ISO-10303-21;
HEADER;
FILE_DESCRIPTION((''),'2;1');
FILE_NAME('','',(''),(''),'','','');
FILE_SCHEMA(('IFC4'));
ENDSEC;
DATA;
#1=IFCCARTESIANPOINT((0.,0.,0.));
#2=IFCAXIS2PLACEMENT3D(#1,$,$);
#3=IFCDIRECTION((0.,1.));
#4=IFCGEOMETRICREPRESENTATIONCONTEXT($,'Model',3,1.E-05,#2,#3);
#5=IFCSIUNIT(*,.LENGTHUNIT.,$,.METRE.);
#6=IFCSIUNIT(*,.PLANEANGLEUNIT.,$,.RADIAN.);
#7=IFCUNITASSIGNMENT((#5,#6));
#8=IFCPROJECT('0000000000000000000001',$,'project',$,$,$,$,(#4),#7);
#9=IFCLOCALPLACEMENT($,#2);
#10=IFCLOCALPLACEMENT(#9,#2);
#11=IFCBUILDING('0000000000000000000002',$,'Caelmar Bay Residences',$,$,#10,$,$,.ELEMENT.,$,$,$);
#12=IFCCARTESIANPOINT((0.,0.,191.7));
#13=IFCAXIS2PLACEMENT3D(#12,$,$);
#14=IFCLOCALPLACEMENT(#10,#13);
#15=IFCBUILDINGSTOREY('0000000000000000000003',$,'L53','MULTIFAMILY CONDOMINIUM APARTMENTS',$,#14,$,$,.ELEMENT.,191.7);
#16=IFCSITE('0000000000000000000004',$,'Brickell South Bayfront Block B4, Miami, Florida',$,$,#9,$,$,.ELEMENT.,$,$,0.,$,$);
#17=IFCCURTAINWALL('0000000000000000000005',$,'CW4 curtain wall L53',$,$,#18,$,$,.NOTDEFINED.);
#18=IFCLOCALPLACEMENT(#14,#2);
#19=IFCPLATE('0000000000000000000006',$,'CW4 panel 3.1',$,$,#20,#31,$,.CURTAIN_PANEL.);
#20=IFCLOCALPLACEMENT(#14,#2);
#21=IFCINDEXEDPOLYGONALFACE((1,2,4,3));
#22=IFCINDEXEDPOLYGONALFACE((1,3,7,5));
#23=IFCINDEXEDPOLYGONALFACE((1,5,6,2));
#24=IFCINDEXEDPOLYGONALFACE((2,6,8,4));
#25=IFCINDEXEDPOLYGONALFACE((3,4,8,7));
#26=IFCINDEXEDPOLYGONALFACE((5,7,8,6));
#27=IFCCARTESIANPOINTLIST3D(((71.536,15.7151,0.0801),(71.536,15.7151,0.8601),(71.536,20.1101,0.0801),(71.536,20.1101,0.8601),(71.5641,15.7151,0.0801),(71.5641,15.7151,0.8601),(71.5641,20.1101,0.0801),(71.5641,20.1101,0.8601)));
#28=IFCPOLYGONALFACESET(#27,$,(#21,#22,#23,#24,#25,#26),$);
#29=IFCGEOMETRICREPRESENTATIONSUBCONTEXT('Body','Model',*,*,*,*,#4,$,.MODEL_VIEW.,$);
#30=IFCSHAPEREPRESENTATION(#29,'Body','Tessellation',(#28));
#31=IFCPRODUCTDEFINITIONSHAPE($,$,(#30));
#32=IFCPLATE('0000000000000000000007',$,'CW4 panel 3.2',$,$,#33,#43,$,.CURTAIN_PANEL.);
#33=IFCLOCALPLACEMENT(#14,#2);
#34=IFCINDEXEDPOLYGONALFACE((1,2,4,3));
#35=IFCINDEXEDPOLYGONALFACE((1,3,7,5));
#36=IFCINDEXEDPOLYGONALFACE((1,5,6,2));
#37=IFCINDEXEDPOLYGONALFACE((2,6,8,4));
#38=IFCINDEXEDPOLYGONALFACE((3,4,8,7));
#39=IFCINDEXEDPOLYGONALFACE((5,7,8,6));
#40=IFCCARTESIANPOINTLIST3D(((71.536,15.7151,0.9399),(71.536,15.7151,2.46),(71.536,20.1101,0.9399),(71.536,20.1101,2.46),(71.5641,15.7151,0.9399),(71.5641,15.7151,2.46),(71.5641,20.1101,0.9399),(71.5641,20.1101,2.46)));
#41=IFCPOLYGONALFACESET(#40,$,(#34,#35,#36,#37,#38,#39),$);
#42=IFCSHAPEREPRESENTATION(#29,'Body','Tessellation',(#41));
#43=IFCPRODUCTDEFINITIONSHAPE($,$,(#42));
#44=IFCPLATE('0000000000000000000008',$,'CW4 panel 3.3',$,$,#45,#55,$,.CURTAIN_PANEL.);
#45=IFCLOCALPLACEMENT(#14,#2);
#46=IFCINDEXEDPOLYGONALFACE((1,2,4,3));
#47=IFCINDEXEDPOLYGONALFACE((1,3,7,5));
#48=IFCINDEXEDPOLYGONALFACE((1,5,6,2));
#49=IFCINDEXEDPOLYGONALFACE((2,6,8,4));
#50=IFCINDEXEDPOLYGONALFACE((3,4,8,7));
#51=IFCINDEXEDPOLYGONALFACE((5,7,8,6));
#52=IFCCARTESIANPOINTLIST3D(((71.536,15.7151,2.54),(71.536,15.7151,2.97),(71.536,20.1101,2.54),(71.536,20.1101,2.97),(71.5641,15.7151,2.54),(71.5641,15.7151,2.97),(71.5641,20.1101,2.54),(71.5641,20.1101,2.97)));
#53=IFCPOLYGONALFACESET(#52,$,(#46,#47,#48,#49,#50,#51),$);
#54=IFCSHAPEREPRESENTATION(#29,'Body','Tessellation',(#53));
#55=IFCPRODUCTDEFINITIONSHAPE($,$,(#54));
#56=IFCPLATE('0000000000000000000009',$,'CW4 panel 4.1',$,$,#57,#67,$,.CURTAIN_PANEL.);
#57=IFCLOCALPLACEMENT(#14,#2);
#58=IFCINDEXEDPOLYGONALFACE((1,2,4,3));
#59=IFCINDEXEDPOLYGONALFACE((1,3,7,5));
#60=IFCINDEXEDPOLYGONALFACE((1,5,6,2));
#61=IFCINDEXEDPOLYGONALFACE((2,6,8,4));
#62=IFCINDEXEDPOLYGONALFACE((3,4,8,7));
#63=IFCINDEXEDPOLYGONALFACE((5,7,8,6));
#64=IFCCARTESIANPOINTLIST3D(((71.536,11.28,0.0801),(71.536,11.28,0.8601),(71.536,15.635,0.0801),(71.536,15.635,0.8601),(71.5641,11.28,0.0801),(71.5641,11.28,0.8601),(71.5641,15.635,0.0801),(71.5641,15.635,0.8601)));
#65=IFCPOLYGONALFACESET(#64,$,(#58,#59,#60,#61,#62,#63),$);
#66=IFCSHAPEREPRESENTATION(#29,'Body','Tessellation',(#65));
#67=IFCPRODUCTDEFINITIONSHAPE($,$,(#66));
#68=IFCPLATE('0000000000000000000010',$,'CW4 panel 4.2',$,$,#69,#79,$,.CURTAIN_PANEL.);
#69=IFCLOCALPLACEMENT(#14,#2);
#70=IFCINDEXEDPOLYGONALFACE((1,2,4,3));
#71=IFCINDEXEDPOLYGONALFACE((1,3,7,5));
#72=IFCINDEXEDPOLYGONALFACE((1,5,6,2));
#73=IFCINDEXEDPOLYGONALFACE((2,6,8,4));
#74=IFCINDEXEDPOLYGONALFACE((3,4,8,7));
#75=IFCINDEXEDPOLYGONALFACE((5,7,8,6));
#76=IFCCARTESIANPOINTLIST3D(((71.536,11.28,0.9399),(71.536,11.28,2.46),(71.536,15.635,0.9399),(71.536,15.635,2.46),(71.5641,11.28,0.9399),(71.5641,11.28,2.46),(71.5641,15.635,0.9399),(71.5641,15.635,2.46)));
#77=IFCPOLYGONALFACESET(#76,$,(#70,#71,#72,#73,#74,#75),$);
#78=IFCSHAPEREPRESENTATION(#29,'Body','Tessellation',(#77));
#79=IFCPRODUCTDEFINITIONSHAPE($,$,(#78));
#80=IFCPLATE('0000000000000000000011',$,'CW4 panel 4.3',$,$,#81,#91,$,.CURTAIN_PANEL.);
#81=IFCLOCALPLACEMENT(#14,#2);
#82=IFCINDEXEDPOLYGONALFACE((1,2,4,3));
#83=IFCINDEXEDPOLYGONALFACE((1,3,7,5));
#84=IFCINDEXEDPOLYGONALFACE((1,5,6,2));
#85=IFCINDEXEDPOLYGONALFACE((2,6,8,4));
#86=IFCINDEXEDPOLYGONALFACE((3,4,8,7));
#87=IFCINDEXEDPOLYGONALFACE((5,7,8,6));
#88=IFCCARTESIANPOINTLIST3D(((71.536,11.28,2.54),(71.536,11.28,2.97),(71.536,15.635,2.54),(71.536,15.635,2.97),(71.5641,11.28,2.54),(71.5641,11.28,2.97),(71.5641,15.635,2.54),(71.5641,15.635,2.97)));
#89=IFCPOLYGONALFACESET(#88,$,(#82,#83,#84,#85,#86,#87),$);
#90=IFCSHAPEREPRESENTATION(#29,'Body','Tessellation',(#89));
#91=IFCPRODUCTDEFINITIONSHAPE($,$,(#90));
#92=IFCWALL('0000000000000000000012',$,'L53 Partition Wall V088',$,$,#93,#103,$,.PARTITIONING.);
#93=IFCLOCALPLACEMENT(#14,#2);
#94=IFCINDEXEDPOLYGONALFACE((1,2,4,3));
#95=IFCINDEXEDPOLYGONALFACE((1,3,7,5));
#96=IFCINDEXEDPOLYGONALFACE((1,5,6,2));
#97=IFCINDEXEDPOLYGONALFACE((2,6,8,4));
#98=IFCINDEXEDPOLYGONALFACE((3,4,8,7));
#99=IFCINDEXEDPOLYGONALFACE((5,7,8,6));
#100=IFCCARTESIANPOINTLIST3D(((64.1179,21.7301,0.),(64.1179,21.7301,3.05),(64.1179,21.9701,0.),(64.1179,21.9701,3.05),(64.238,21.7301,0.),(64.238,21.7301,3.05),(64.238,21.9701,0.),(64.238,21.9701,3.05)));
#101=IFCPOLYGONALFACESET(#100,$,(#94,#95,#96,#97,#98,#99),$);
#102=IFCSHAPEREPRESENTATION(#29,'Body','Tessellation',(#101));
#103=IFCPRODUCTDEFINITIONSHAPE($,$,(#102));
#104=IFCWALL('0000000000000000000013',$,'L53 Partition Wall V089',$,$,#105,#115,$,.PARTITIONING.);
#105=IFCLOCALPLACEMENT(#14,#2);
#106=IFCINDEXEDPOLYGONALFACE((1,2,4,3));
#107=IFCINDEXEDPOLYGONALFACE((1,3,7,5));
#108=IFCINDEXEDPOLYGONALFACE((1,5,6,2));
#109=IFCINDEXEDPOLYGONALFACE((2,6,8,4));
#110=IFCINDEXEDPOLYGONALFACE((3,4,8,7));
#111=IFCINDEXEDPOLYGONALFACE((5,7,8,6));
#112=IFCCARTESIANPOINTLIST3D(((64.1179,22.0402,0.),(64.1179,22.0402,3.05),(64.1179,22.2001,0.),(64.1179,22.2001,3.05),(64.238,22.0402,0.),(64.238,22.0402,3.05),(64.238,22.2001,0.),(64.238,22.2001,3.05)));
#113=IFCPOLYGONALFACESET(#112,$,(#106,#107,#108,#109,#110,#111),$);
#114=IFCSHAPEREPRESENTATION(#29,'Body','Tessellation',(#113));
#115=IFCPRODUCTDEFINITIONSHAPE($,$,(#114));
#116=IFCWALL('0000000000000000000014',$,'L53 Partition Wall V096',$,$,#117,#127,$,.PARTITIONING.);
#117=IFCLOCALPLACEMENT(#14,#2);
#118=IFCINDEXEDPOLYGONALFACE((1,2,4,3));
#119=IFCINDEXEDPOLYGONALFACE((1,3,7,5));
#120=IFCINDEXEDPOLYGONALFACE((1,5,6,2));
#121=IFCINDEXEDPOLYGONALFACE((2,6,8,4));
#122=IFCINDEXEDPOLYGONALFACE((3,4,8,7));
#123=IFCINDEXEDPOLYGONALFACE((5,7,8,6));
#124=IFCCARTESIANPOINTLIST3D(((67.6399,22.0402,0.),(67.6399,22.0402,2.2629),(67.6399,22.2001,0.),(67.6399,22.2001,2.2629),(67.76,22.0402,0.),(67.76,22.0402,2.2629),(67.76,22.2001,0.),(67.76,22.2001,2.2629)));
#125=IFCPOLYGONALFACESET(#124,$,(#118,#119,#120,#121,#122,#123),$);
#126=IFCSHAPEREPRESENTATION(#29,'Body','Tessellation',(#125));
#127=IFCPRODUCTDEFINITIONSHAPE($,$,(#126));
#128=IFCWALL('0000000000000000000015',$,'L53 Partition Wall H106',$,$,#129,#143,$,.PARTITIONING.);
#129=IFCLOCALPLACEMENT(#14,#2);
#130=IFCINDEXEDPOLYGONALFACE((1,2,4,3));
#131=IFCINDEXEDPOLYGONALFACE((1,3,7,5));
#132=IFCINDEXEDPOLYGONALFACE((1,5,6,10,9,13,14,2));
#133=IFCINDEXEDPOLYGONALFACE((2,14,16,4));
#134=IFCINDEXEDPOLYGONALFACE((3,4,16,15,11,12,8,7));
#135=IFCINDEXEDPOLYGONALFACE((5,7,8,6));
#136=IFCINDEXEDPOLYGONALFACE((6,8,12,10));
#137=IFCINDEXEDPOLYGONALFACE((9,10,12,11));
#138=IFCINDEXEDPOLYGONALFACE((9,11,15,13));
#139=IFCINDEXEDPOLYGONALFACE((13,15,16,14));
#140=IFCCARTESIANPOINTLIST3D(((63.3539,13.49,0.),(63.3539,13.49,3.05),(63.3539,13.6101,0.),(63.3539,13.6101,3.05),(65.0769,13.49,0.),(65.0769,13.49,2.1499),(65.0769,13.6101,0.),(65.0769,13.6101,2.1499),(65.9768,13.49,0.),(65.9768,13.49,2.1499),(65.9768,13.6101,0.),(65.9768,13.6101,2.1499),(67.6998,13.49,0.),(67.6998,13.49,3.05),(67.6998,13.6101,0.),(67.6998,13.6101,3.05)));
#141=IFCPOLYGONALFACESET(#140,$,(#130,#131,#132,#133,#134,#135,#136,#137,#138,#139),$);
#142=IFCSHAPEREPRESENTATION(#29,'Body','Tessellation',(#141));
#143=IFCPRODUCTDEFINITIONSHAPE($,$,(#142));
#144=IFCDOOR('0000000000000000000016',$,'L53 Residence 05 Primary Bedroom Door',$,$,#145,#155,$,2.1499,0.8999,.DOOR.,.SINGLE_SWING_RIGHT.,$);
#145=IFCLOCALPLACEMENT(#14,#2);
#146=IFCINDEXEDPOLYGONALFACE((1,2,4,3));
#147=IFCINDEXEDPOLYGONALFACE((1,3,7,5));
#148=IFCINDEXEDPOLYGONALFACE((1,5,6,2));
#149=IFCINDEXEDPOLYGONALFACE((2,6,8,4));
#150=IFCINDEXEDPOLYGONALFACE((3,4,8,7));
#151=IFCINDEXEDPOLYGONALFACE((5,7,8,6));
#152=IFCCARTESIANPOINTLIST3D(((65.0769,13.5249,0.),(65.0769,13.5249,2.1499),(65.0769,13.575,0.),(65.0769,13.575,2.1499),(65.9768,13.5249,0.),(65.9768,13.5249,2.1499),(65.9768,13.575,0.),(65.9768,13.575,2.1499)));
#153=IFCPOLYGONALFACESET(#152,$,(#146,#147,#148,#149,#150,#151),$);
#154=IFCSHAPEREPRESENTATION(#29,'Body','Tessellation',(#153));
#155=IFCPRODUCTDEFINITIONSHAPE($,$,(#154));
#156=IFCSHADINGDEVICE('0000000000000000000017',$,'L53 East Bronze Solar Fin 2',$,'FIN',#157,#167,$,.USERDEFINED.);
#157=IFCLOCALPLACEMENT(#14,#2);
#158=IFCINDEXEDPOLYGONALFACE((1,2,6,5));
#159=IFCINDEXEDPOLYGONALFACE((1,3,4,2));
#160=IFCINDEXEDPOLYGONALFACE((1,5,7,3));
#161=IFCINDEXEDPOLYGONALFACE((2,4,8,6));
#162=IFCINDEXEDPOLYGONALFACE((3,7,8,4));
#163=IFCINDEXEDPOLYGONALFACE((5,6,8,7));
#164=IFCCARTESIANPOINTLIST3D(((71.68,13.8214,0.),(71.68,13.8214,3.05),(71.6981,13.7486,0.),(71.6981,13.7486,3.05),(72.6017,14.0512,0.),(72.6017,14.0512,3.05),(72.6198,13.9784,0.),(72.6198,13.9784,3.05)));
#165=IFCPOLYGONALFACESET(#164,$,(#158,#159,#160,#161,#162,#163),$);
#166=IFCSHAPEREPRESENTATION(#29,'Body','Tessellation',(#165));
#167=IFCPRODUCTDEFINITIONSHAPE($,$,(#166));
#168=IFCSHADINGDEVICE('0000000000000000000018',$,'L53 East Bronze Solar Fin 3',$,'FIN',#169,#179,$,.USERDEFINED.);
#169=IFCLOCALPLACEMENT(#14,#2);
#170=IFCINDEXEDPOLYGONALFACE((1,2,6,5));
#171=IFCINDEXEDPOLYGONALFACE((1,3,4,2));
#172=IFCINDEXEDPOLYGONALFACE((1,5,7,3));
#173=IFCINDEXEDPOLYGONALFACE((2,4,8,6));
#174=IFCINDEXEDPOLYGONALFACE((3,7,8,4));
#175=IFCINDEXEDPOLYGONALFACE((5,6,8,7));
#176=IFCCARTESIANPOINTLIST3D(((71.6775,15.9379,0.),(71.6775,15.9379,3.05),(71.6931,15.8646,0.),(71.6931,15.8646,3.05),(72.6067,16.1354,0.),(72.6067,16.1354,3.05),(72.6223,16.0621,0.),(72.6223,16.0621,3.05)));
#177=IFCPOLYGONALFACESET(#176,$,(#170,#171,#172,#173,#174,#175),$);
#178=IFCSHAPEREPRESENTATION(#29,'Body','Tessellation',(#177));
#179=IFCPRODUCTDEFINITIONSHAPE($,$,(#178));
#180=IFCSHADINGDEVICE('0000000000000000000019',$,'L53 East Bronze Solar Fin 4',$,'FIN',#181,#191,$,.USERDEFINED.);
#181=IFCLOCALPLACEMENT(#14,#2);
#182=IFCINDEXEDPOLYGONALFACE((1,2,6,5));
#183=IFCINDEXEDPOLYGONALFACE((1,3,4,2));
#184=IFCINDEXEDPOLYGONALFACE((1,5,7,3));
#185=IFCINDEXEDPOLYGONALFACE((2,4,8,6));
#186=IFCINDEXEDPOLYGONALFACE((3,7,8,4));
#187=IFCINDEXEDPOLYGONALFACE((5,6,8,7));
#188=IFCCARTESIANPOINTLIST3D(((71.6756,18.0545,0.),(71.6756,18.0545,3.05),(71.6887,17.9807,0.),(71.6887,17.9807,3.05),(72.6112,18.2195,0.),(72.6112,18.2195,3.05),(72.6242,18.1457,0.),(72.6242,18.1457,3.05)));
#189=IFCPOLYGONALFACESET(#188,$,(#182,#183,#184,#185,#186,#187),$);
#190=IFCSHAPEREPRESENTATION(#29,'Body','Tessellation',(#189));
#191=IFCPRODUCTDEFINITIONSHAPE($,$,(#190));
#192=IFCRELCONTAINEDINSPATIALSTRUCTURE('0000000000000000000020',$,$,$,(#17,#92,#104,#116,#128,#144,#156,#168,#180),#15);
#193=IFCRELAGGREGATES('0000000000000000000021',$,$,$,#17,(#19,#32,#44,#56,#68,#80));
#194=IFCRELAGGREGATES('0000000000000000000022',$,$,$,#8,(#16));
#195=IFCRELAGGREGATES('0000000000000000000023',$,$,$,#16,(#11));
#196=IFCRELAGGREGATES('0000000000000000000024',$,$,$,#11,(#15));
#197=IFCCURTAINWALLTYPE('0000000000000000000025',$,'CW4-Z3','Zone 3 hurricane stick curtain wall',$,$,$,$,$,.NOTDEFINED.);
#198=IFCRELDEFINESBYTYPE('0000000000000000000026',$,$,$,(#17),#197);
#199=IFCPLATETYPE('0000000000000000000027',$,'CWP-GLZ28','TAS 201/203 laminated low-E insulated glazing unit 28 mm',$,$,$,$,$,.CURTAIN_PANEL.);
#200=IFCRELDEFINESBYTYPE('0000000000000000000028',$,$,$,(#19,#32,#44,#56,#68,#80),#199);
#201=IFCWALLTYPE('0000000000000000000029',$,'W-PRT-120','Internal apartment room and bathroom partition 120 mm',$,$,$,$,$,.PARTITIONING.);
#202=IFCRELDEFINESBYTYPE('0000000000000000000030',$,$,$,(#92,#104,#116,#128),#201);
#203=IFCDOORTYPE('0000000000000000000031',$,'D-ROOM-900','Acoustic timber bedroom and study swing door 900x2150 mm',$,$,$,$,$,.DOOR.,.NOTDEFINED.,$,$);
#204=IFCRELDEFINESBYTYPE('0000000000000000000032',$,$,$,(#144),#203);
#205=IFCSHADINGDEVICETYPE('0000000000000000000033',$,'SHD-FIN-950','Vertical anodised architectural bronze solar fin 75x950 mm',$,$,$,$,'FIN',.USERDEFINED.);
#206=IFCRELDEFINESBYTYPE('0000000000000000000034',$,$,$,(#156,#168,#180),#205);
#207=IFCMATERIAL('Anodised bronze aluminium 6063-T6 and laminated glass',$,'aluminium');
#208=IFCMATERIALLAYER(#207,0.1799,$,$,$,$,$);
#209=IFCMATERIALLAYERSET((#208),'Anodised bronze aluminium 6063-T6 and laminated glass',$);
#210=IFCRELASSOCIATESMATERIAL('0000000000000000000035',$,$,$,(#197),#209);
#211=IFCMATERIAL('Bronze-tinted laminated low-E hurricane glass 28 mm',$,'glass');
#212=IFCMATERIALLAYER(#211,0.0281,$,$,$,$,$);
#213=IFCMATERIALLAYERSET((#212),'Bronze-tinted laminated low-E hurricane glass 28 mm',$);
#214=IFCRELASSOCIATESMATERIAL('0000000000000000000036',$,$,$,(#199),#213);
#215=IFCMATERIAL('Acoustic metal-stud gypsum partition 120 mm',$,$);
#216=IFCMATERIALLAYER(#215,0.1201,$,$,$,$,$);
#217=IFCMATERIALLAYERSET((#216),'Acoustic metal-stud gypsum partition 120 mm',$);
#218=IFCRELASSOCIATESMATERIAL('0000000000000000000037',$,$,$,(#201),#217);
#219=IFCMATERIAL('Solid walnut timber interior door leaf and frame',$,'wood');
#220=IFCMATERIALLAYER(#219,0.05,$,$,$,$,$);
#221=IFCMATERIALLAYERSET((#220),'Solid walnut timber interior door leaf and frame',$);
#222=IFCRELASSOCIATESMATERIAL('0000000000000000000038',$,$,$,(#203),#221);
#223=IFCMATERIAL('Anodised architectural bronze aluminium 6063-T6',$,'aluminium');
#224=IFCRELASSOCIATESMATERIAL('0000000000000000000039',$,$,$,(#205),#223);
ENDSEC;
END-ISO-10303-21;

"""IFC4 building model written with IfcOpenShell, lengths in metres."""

from ifc_helpers import new_model, si_unit, direction, frame, frame_2d, origin, origin_2d, place, context, subcontext, project, spatial, rectangle, extrude, material, layer, layer_set, material_profile, profile_set, type_object, element, fill, aggregate, save


model = new_model("IFC4")

# Units and contexts
model_context = context("Model", 3, precision=1e-05, world=origin(), true_north=direction((0.0, 1.0)))
body_context = subcontext(model_context, "Body", "Model", "MODEL_VIEW")
ifc_project = project(units=[si_unit("LENGTHUNIT", "METRE"), si_unit("PLANEANGLEUNIT", "RADIAN")], contexts=[model_context])

# Site, building, storey
site_placement = place(None, origin())
site = spatial("IfcSite", under=ifc_project, at=site_placement, Name="Brickell South Bayfront Block B4, Miami, Florida", CompositionType="ELEMENT", RefElevation=0.0)
building_placement = place(site_placement, origin())
building = spatial("IfcBuilding", under=site, at=building_placement, Name="Caelmar Bay Residences", CompositionType="ELEMENT")
storey_placement = place(building_placement, frame((0.0, 0.0, 191.7)))
storey = spatial("IfcBuildingStorey", under=building, at=storey_placement, Name="L53", Description="MULTIFAMILY CONDOMINIUM APARTMENTS", CompositionType="ELEMENT", Elevation=191.7)

# Curtain wall, plates
ifc_material_1 = material(Name="Anodised bronze aluminium 6063-T6 and laminated glass", Category="aluminium")
ifc_layer_1 = layer(ifc_material_1, 0.1799)
ifc_layer_set_1 = layer_set([ifc_layer_1], Name="Anodised bronze aluminium 6063-T6 and laminated glass")
curtain_wall_type = type_object("IfcCurtainWallType", Name="CW4-Z3", Description="Zone 3 hurricane stick curtain wall", PredefinedType="NOTDEFINED", material=ifc_layer_set_1)
curtain_wall_placement = place(storey_placement, origin())
curtain_wall = element("IfcCurtainWall", 1, at=curtain_wall_placement, inside=storey, type_object=curtain_wall_type, Name="CW4 curtain wall L53", PredefinedType="NOTDEFINED")
ifc_material_2 = material(Name="Bronze-tinted laminated low-E hurricane glass 28 mm", Category="glass")
ifc_layer_2 = layer(ifc_material_2, 0.0281)
ifc_layer_set_2 = layer_set([ifc_layer_2], Name="Bronze-tinted laminated low-E hurricane glass 28 mm")
plate_type = type_object("IfcPlateType", Name="CWP-GLZ28", Description="TAS 201/203 laminated low-E insulated glazing unit 28 mm", PredefinedType="CURTAIN_PANEL", material=ifc_layer_set_2)
plate_1_placement = place(storey_placement, frame((71.55, 17.9126, 0.0801), z_axis=(0.0, 0.0, 1.0), x_axis=(0.0, -1.0, 0.0)))
plate_1 = element("IfcPlate", 2, at=plate_1_placement, type_object=plate_type, Name="CW4 panel 3.1", PredefinedType="CURTAIN_PANEL", context=body_context, shape_type="SweptSolid", body=[
    extrude(rectangle(XDim=4.395, YDim=0.0281, at=origin_2d()), origin(), (0.0, 0.0, 1.0), 0.78),
])
plate_2_placement = place(storey_placement, frame((71.55, 17.9126, 0.9399), z_axis=(0.0, 0.0, 1.0), x_axis=(0.0, -1.0, 0.0)))
plate_2 = element("IfcPlate", 3, at=plate_2_placement, type_object=plate_type, Name="CW4 panel 3.2", PredefinedType="CURTAIN_PANEL", context=body_context, shape_type="SweptSolid", body=[
    extrude(rectangle(XDim=4.395, YDim=0.0281, at=origin_2d()), origin(), (0.0, 0.0, 1.0), 1.52),
])
plate_3_placement = place(storey_placement, frame((71.55, 17.9126, 2.54), z_axis=(0.0, 0.0, 1.0), x_axis=(0.0, -1.0, 0.0)))
plate_3 = element("IfcPlate", 4, at=plate_3_placement, type_object=plate_type, Name="CW4 panel 3.3", PredefinedType="CURTAIN_PANEL", context=body_context, shape_type="SweptSolid", body=[
    extrude(rectangle(XDim=4.395, YDim=0.0281, at=origin_2d()), origin(), (0.0, 0.0, 1.0), 0.4299),
])
plate_4_placement = place(storey_placement, frame((71.55, 13.4575, 0.0801), z_axis=(0.0, 0.0, 1.0), x_axis=(0.0, -1.0, 0.0)))
plate_4 = element("IfcPlate", 5, at=plate_4_placement, type_object=plate_type, Name="CW4 panel 4.1", PredefinedType="CURTAIN_PANEL", context=body_context, shape_type="SweptSolid", body=[
    extrude(rectangle(XDim=4.355, YDim=0.0281, at=origin_2d()), origin(), (0.0, 0.0, 1.0), 0.78),
])
plate_5_placement = place(storey_placement, frame((71.55, 13.4575, 0.9399), z_axis=(0.0, 0.0, 1.0), x_axis=(0.0, -1.0, 0.0)))
plate_5 = element("IfcPlate", 6, at=plate_5_placement, type_object=plate_type, Name="CW4 panel 4.2", PredefinedType="CURTAIN_PANEL", context=body_context, shape_type="SweptSolid", body=[
    extrude(rectangle(XDim=4.355, YDim=0.0281, at=origin_2d()), origin(), (0.0, 0.0, 1.0), 1.52),
])
plate_6_placement = place(storey_placement, frame((71.55, 13.4575, 2.54), z_axis=(0.0, 0.0, 1.0), x_axis=(0.0, -1.0, 0.0)))
plate_6 = element("IfcPlate", 7, at=plate_6_placement, type_object=plate_type, Name="CW4 panel 4.3", PredefinedType="CURTAIN_PANEL", context=body_context, shape_type="SweptSolid", body=[
    extrude(rectangle(XDim=4.355, YDim=0.0281, at=origin_2d()), origin(), (0.0, 0.0, 1.0), 0.4299),
])
aggregate(curtain_wall, [plate_1, plate_2, plate_3, plate_4, plate_5, plate_6])

# Walls
ifc_material_3 = material(Name="Acoustic metal-stud gypsum partition 120 mm")
ifc_layer_3 = layer(ifc_material_3, 0.1201)
ifc_layer_set_3 = layer_set([ifc_layer_3], Name="Acoustic metal-stud gypsum partition 120 mm")
wall_type = type_object("IfcWallType", Name="W-PRT-120", Description="Internal apartment room and bathroom partition 120 mm", PredefinedType="PARTITIONING", material=ifc_layer_set_3)
wall_1_placement = place(storey_placement, frame((64.178, 21.73, 0.0), z_axis=(0.0, 0.0, 1.0), x_axis=(0.0, 1.0, 0.0)))
element("IfcWall", 8, at=wall_1_placement, inside=storey, type_object=wall_type, Name="L53 Partition Wall V088", PredefinedType="PARTITIONING", context=body_context, shape_type="SweptSolid", body=[
    extrude(rectangle(XDim=0.24, YDim=0.1201, at=frame_2d((0.1201, 0.0))), origin(), (0.0, 0.0, 1.0), 3.05),
])
wall_2_placement = place(storey_placement, frame((64.178, 22.04, 0.0), z_axis=(0.0, 0.0, 1.0), x_axis=(0.0, 1.0, 0.0)))
element("IfcWall", 9, at=wall_2_placement, inside=storey, type_object=wall_type, Name="L53 Partition Wall V089", PredefinedType="PARTITIONING", context=body_context, shape_type="SweptSolid", body=[
    extrude(rectangle(XDim=0.1599, YDim=0.1201, at=frame_2d((0.0801, 0.0))), origin(), (0.0, 0.0, 1.0), 3.05),
])
wall_3_placement = place(storey_placement, frame((67.7, 22.04, 0.0), z_axis=(0.0, 0.0, 1.0), x_axis=(0.0, 1.0, 0.0)))
element("IfcWall", 10, at=wall_3_placement, inside=storey, type_object=wall_type, Name="L53 Partition Wall V096", PredefinedType="PARTITIONING", context=body_context, shape_type="SweptSolid", body=[
    extrude(rectangle(XDim=0.1599, YDim=0.1201, at=frame_2d((0.0801, 0.0))), origin(), (0.0, 0.0, 1.0), 2.2629),
])

# Wall, opening, door
wall_4_placement = place(storey_placement, frame((63.354, 13.55, 0.0), z_axis=(0.0, 0.0, 1.0), x_axis=(1.0, 0.0, 0.0)))
wall_4 = element("IfcWall", 11, at=wall_4_placement, inside=storey, type_object=wall_type, Name="L53 Partition Wall H106", PredefinedType="PARTITIONING", context=body_context, shape_type="SweptSolid", body=[
    extrude(rectangle(XDim=4.3459, YDim=0.1201, at=frame_2d((2.1729, 0.0))), origin(), (0.0, 0.0, 1.0), 3.05),
])
opening_placement = place(wall_4_placement, frame((1.7229, 0.0, 0.0)))
opening = element("IfcOpeningElement", 12, at=opening_placement, cuts=wall_4, PredefinedType="OPENING", context=body_context, shape_type="SweptSolid", body=[
    extrude(rectangle(XDim=0.8999, YDim=2.1499, at=frame_2d((0.45, 1.075))), frame((0.0, 0.0701, 0.0), z_axis=(0.0, -1.0, 0.0), x_axis=(1.0, 0.0, 0.0)), (0.0, 0.0, 1.0), 0.1401),
])
ifc_material_4 = material(Name="Solid walnut timber interior door leaf and frame", Category="wood")
ifc_layer_4 = layer(ifc_material_4, 0.05)
ifc_layer_set_4 = layer_set([ifc_layer_4], Name="Solid walnut timber interior door leaf and frame")
door_type = type_object("IfcDoorType", Name="D-ROOM-900", Description="Acoustic timber bedroom and study swing door 900x2150 mm", OperationType="NOTDEFINED", PredefinedType="DOOR", material=ifc_layer_set_4)
door_placement = place(opening_placement, origin())
door = element("IfcDoor", 13, at=door_placement, inside=storey, type_object=door_type, Name="L53 Residence 05 Primary Bedroom Door", OperationType="SINGLE_SWING_RIGHT", OverallHeight=2.1499, OverallWidth=0.8999, PredefinedType="DOOR", context=body_context, shape_type="SweptSolid", body=[
    extrude(rectangle(XDim=0.8999, YDim=2.1499, at=frame_2d((0.45, 1.075))), frame((0.0, 0.0249, 0.0), z_axis=(0.0, -1.0, 0.0), x_axis=(1.0, 0.0, 0.0)), (0.0, 0.0, 1.0), 0.05),
])
fill(opening, door)

# Shading devices
ifc_material_5 = material(Name="Anodised architectural bronze aluminium 6063-T6", Category="aluminium")
ifc_material_profile_1 = material_profile(ifc_material_5, rectangle(XDim=0.075, YDim=0.95, at=origin_2d()), Name="BRONZE-FIN-75X950")
ifc_profile_set_1 = profile_set([ifc_material_profile_1], Name="Anodised architectural bronze aluminium 6063-T6")
shading_device_type = type_object("IfcShadingDeviceType", Name="SHD-FIN-950", Description="Vertical anodised architectural bronze solar fin 75x950 mm", ElementType="FIN", PredefinedType="USERDEFINED", material=ifc_profile_set_1)
for number, where, z_axis, x_axis, name in (
    (14, (72.1499, 13.8999, 0.0), (0.0, 0.0, 1.0), (-0.241922, 0.970296, 0.0), "L53 East Bronze Solar Fin 2"),
    (15, (72.1499, 16.0, 0.0), (0.0, 0.0, 1.0), (-0.207912, 0.978148, 0.0), "L53 East Bronze Solar Fin 3"),
    (16, (72.1499, 18.1001, 0.0), (0.0, 0.0, 1.0), (-0.173648, 0.984808, 0.0), "L53 East Bronze Solar Fin 4"),
):
    element("IfcShadingDevice", number, at=place(storey_placement, frame(where, z_axis=z_axis, x_axis=x_axis)), inside=storey, type_object=shading_device_type, Name=name, ObjectType="FIN", PredefinedType="USERDEFINED", context=body_context, shape_type="SweptSolid", body=[
        extrude(rectangle(XDim=0.075, YDim=0.95, at=origin_2d()), origin(), (0.0, 0.0, 1.0), 3.05),
    ])

save(model, "model.ifc")
